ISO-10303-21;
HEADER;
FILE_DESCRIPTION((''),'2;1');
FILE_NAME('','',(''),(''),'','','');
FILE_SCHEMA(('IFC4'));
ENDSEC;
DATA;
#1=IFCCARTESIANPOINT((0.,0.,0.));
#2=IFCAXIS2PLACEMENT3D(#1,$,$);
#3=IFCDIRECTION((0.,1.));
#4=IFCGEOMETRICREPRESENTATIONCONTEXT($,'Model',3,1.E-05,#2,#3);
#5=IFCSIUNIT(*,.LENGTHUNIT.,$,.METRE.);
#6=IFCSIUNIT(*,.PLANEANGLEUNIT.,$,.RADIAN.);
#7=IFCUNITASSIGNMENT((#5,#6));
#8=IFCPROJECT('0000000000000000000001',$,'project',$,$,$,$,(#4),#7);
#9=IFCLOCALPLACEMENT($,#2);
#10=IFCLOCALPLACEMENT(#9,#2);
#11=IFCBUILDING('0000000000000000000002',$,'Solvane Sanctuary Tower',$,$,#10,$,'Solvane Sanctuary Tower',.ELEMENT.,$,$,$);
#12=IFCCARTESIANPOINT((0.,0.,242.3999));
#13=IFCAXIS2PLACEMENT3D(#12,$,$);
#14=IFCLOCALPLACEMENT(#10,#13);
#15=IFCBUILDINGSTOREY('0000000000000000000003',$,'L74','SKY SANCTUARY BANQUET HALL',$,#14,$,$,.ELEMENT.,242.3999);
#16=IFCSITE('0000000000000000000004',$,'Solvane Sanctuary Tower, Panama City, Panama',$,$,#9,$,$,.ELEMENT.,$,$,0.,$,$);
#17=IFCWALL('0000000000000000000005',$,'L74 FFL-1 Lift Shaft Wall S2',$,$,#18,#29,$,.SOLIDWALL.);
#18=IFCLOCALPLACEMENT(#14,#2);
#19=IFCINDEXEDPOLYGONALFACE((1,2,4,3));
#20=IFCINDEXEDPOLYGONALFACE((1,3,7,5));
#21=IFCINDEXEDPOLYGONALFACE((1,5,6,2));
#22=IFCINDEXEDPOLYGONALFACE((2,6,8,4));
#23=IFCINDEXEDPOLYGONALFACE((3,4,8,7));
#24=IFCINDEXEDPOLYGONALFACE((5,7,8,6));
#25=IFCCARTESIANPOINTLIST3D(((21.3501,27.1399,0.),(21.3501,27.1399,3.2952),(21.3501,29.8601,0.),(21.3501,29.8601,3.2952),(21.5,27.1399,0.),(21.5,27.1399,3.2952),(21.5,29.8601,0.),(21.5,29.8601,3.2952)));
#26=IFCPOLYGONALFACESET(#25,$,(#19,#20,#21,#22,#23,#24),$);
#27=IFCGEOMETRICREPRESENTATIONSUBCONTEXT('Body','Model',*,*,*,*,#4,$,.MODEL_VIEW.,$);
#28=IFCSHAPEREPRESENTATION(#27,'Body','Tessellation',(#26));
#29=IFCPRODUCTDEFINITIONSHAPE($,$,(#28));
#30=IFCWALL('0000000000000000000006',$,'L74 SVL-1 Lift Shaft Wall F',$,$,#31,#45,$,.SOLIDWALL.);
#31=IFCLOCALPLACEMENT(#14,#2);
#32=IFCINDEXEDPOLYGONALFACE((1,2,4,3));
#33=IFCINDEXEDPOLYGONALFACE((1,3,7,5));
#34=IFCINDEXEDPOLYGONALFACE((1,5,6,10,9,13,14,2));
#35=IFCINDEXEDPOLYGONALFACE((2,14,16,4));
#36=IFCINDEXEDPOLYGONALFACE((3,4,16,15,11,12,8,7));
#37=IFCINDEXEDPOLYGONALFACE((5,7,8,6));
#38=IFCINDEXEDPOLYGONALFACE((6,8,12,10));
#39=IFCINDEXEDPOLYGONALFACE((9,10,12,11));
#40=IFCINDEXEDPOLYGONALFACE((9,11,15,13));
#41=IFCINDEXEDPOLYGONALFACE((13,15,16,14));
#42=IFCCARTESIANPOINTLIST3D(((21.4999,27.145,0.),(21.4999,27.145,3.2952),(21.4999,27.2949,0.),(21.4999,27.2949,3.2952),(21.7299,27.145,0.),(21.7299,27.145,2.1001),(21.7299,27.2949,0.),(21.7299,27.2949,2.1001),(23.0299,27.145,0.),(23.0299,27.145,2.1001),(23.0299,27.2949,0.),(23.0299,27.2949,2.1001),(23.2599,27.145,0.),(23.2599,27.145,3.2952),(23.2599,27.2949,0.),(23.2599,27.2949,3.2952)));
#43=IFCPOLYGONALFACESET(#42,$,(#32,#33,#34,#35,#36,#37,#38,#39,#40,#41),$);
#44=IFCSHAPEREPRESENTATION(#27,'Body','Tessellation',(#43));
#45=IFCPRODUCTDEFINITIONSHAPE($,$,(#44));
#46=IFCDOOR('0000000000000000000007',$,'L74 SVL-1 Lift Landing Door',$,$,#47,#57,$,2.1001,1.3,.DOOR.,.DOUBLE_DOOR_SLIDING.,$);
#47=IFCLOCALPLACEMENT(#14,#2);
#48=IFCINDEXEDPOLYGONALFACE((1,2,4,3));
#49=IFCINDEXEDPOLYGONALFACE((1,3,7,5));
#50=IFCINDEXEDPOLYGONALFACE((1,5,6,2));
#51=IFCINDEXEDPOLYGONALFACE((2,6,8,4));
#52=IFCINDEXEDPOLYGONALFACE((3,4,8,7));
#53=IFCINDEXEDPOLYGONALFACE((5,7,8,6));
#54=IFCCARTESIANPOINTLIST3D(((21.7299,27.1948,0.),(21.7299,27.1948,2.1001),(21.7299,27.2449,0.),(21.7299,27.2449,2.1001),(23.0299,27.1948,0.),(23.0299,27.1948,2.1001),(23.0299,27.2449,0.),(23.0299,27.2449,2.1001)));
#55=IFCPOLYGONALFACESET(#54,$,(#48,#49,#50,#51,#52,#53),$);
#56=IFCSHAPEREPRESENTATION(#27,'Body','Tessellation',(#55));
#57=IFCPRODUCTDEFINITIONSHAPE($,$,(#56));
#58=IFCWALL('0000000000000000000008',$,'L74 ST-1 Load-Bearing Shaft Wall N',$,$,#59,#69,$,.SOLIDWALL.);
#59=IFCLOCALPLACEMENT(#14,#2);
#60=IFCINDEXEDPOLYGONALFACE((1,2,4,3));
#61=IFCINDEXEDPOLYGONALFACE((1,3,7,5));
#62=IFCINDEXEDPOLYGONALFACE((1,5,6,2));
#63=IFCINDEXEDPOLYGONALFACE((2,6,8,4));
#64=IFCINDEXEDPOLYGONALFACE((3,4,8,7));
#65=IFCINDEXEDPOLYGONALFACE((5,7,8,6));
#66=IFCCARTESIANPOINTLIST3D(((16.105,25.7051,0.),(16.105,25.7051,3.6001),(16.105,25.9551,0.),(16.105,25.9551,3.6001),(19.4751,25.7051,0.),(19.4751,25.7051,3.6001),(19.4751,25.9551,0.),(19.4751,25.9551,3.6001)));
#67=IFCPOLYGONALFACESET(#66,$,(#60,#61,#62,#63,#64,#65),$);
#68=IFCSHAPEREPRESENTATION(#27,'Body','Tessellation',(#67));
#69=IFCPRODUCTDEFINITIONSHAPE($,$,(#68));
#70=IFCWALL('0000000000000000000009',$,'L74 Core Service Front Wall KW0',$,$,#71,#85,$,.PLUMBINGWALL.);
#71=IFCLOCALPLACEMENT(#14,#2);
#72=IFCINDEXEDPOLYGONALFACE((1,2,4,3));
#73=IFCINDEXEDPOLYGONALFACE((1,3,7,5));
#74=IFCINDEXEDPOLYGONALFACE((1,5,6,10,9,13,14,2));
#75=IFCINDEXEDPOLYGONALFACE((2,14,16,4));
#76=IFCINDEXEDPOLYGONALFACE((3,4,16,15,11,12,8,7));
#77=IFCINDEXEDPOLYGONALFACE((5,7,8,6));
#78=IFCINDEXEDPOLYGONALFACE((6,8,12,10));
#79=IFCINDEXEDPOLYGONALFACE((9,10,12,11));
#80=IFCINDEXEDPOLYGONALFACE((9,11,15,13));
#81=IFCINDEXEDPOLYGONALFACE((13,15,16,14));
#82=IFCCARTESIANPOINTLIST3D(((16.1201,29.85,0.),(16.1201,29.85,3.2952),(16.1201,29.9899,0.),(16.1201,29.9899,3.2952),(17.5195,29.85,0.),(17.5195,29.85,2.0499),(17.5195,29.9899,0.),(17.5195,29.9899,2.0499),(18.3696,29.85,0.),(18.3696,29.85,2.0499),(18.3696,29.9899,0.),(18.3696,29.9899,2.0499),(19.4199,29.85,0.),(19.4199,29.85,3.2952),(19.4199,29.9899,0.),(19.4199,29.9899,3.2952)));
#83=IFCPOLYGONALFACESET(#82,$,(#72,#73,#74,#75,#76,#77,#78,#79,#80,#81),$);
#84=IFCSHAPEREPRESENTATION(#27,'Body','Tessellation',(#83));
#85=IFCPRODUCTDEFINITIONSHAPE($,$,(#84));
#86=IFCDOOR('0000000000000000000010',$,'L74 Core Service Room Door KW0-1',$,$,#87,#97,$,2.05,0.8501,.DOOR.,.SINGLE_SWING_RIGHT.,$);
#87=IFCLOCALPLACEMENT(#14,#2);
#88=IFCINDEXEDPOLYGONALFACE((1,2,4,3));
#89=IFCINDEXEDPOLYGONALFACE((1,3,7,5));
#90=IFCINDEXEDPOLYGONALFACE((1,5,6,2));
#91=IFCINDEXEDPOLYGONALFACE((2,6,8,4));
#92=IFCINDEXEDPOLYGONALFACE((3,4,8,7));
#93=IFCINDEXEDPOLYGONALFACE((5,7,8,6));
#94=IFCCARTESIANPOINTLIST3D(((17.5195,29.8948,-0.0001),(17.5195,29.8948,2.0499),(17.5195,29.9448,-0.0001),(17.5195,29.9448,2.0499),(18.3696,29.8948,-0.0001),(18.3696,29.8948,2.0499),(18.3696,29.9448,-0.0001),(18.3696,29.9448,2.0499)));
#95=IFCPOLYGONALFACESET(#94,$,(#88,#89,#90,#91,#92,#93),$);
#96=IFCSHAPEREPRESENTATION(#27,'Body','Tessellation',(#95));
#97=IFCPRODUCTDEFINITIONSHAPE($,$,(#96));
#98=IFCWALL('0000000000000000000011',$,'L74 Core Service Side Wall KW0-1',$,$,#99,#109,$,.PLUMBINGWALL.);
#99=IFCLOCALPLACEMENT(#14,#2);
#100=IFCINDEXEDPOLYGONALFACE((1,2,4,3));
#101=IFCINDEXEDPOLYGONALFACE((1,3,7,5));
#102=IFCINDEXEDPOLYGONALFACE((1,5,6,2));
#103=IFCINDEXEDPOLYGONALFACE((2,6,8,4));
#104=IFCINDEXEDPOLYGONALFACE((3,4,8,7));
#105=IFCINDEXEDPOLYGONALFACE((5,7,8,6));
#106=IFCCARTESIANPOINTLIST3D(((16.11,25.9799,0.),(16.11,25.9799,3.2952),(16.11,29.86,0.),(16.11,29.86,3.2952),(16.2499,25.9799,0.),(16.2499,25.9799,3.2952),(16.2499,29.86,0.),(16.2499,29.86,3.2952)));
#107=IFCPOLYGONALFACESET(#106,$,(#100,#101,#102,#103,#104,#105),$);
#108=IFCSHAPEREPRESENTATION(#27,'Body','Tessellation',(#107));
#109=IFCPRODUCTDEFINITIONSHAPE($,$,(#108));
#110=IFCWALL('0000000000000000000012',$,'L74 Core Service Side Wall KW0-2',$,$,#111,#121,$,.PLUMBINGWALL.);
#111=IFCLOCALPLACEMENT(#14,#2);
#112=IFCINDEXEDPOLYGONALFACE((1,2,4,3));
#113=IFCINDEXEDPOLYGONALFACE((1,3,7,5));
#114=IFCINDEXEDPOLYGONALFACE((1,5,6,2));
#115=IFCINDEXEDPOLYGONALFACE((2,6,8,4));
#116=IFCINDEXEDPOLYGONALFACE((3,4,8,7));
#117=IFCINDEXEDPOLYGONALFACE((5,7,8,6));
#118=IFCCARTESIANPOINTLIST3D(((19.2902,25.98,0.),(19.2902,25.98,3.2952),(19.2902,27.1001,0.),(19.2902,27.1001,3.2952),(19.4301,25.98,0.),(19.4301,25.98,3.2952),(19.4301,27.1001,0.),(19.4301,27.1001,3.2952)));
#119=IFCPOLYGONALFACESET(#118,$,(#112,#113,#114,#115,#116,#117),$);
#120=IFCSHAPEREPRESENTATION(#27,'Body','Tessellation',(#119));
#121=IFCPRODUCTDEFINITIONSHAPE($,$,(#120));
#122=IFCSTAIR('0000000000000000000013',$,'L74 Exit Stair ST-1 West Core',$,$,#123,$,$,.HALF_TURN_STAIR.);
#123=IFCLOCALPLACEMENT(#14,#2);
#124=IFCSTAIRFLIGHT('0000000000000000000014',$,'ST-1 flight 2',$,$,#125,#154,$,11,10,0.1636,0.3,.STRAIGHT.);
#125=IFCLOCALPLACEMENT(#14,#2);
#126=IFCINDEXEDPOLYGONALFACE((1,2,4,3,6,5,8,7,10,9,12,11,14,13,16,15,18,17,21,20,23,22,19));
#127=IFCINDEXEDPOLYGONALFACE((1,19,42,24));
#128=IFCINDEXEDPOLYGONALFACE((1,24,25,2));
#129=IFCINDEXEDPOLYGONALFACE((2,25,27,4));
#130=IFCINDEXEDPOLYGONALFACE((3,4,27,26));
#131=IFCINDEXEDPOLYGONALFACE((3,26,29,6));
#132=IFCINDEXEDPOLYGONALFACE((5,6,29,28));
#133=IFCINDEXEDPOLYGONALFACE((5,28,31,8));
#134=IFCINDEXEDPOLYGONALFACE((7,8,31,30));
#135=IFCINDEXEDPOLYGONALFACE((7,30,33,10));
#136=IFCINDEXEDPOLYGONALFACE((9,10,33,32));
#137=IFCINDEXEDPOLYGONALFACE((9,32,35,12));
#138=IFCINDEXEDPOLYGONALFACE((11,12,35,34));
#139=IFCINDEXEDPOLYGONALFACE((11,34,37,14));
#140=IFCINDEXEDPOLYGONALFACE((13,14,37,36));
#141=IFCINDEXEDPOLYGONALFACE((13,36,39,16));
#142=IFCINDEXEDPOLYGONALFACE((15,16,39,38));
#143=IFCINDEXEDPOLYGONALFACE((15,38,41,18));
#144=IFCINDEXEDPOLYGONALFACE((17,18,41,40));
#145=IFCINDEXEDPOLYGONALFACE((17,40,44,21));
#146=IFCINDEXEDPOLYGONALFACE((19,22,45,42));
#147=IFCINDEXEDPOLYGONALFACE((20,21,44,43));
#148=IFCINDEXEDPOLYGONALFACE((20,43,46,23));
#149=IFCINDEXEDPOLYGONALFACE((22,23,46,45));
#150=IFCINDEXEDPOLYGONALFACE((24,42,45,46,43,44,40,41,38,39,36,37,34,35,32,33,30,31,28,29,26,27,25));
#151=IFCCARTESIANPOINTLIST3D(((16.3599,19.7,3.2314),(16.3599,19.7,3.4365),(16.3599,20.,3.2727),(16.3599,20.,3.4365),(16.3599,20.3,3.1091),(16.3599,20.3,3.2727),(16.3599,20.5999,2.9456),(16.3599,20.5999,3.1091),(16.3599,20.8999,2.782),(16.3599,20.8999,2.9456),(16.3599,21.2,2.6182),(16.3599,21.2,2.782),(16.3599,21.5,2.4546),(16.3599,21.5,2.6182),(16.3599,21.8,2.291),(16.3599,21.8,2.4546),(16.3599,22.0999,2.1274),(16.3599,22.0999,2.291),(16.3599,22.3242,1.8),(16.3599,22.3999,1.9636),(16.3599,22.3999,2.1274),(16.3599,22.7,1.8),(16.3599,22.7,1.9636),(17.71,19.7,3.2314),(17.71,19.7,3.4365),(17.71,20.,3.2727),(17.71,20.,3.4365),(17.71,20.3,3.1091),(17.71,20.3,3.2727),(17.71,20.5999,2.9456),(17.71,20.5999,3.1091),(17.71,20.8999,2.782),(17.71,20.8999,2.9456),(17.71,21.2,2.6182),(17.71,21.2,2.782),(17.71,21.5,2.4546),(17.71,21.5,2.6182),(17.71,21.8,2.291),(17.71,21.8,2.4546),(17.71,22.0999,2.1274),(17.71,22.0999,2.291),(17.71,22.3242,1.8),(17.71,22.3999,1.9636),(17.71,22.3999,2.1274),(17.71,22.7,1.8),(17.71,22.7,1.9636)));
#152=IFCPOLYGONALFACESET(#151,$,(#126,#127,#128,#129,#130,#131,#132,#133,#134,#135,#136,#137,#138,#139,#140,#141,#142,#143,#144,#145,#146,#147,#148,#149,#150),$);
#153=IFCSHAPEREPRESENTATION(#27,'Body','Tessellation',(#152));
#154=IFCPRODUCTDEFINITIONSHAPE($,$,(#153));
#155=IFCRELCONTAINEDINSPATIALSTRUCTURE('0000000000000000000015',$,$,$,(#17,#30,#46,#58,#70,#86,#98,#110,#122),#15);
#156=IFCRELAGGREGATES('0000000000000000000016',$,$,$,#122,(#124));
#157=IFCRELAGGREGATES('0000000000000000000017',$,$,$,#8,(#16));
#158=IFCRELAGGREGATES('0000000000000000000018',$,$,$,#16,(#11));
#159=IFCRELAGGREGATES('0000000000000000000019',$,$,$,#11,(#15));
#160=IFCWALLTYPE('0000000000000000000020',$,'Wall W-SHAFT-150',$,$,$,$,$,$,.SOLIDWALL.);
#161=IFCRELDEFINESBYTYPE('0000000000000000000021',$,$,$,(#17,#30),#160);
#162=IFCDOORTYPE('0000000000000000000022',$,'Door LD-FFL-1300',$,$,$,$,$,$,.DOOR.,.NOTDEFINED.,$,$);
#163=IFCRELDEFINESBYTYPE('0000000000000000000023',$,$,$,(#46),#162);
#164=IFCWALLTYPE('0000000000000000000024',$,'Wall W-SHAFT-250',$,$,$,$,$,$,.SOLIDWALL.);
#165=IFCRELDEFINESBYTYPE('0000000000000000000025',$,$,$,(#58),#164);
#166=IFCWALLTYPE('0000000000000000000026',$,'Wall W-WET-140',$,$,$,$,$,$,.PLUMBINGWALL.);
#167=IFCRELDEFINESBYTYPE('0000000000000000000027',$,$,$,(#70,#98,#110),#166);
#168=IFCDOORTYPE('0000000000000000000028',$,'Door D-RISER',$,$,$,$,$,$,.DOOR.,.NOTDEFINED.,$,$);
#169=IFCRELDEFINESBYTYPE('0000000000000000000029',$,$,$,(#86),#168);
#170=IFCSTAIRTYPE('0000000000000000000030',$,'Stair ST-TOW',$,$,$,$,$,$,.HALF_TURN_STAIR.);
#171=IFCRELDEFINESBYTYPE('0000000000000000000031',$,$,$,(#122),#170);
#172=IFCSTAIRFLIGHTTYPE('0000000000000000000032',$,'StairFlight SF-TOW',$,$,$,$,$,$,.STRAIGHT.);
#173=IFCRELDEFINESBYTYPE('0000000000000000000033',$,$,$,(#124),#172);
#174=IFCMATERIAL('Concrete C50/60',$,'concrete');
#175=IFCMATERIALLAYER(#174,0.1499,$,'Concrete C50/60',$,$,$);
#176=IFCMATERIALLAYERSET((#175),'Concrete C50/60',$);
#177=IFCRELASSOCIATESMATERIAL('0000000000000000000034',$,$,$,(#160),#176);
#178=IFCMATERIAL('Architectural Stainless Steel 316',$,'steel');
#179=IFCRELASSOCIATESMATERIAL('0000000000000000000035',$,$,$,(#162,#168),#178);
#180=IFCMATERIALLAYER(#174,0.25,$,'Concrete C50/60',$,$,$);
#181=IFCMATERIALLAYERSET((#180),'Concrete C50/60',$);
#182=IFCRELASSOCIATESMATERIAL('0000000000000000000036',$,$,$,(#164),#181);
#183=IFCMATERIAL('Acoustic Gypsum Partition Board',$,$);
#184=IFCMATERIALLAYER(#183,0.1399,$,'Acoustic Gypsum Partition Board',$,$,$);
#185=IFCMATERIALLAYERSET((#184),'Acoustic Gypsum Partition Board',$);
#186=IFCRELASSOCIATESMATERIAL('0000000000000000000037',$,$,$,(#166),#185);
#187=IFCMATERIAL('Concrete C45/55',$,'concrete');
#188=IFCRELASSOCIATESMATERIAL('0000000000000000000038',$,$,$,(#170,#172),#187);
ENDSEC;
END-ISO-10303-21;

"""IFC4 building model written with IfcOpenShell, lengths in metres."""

from ifc_helpers import new_model, si_unit, direction, frame, frame_2d, origin, place, context, subcontext, project, spatial, polyline, rectangle, outline, extrude, material, layer, layer_set, type_object, element, fill, aggregate, save


model = new_model("IFC4")

# Units and contexts
model_context = context("Model", 3, precision=1e-05, world=origin(), true_north=direction((0.0, 1.0)))
body_context = subcontext(model_context, "Body", "Model", "MODEL_VIEW")
ifc_project = project(units=[si_unit("LENGTHUNIT", "METRE"), si_unit("PLANEANGLEUNIT", "RADIAN")], contexts=[model_context])

# Site, building, storey
site_placement = place(None, origin())
site = spatial("IfcSite", under=ifc_project, at=site_placement, Name="Solvane Sanctuary Tower, Panama City, Panama", CompositionType="ELEMENT", RefElevation=0.0)
building_placement = place(site_placement, origin())
building = spatial("IfcBuilding", under=site, at=building_placement, Name="Solvane Sanctuary Tower", LongName="Solvane Sanctuary Tower", CompositionType="ELEMENT")
storey_placement = place(building_placement, frame((0.0, 0.0, 242.3999)))
storey = spatial("IfcBuildingStorey", under=building, at=storey_placement, Name="L74", Description="SKY SANCTUARY BANQUET HALL", CompositionType="ELEMENT", Elevation=242.3999)

# Shared definitions
ifc_material_1 = material(Name="Concrete C50/60", Category="concrete")
ifc_material_2 = material(Name="Acoustic Gypsum Partition Board")

# Shared definitions
ifc_layer_1 = layer(ifc_material_1, 0.1499, Name="Concrete C50/60")
ifc_layer_set_1 = layer_set([ifc_layer_1], Name="Concrete C50/60")
wall_type_1 = type_object("IfcWallType", Name="Wall W-SHAFT-150", PredefinedType="SOLIDWALL", material=ifc_layer_set_1)
ifc_material_3 = material(Name="Architectural Stainless Steel 316", Category="steel")
door_type_1 = type_object("IfcDoorType", Name="Door LD-FFL-1300", OperationType="NOTDEFINED", PredefinedType="DOOR", material=ifc_material_3)

# Wall
for number, where, z_axis, x_axis, name in (
    (1, (21.425, 27.1399, 0.0), (0.0, 0.0, 1.0), (0.0, 1.0, 0.0), "L74 FFL-1 Lift Shaft Wall S2"),
):
    element("IfcWall", number, at=place(storey_placement, frame(where, z_axis=z_axis, x_axis=x_axis)), inside=storey, type_object=wall_type_1, Name=name, PredefinedType="SOLIDWALL", context=body_context, shape_type="SweptSolid", body=[
        extrude(rectangle(XDim=2.7202, YDim=0.1499, at=frame_2d((1.3601, 0.0))), origin(), (0.0, 0.0, 1.0), 3.2952),
    ])

# Wall, opening, door
wall_1_placement = place(storey_placement, frame((21.5, 27.22, 0.0), z_axis=(0.0, 0.0, 1.0), x_axis=(1.0, 0.0, 0.0)))
wall_1 = element("IfcWall", 2, at=wall_1_placement, inside=storey, type_object=wall_type_1, Name="L74 SVL-1 Lift Shaft Wall F", PredefinedType="SOLIDWALL", context=body_context, shape_type="SweptSolid", body=[
    extrude(rectangle(XDim=1.76, YDim=0.1499, at=frame_2d((0.8799, 0.0))), origin(), (0.0, 0.0, 1.0), 3.2952),
])
opening_1_placement = place(wall_1_placement, frame((0.23, 0.0, 0.0)))
opening_1 = element("IfcOpeningElement", 3, at=opening_1_placement, cuts=wall_1, PredefinedType="OPENING", context=body_context, shape_type="SweptSolid", body=[
    extrude(rectangle(XDim=1.3, YDim=2.1001, at=frame_2d((0.6499, 1.05))), frame((0.0, 0.085, 0.0), z_axis=(0.0, -1.0, 0.0), x_axis=(1.0, 0.0, 0.0)), (0.0, 0.0, 1.0), 0.1699),
])
door_1_placement = place(opening_1_placement, origin())
door_1 = element("IfcDoor", 4, at=door_1_placement, inside=storey, type_object=door_type_1, Name="L74 SVL-1 Lift Landing Door", OperationType="DOUBLE_DOOR_SLIDING", OverallHeight=2.1001, OverallWidth=1.3, PredefinedType="DOOR", context=body_context, shape_type="SweptSolid", body=[
    extrude(rectangle(XDim=1.3, YDim=2.1001, at=frame_2d((0.6499, 1.05))), frame((0.0, 0.0249, 0.0), z_axis=(0.0, -1.0, 0.0), x_axis=(1.0, 0.0, 0.0)), (0.0, 0.0, 1.0), 0.05),
])
fill(opening_1, door_1)

# Wall
ifc_layer_2 = layer(ifc_material_1, 0.25, Name="Concrete C50/60")
ifc_layer_set_2 = layer_set([ifc_layer_2], Name="Concrete C50/60")
wall_type_2 = type_object("IfcWallType", Name="Wall W-SHAFT-250", PredefinedType="SOLIDWALL", material=ifc_layer_set_2)
wall_2_placement = place(storey_placement, frame((16.105, 25.8301, 0.0), z_axis=(0.0, 0.0, 1.0), x_axis=(1.0, 0.0, 0.0)))
element("IfcWall", 5, at=wall_2_placement, inside=storey, type_object=wall_type_2, Name="L74 ST-1 Load-Bearing Shaft Wall N", PredefinedType="SOLIDWALL", context=body_context, shape_type="SweptSolid", body=[
    extrude(rectangle(XDim=3.3701, YDim=0.25, at=frame_2d((1.6851, 0.0))), origin(), (0.0, 0.0, 1.0), 3.6001),
])

# Wall, opening, door
ifc_layer_3 = layer(ifc_material_2, 0.1399, Name="Acoustic Gypsum Partition Board")
ifc_layer_set_3 = layer_set([ifc_layer_3], Name="Acoustic Gypsum Partition Board")
wall_type_3 = type_object("IfcWallType", Name="Wall W-WET-140", PredefinedType="PLUMBINGWALL", material=ifc_layer_set_3)
wall_3_placement = place(storey_placement, frame((16.1201, 29.9199, 0.0), z_axis=(0.0, 0.0, 1.0), x_axis=(1.0, 0.0, 0.0)))
wall_3 = element("IfcWall", 6, at=wall_3_placement, inside=storey, type_object=wall_type_3, Name="L74 Core Service Front Wall KW0", PredefinedType="PLUMBINGWALL", context=body_context, shape_type="SweptSolid", body=[
    extrude(rectangle(XDim=3.2998, YDim=0.1399, at=frame_2d((1.6499, 0.0))), origin(), (0.0, 0.0, 1.0), 3.2952),
])
opening_2_placement = place(wall_3_placement, frame((1.3994, 0.0, 0.0)))
opening_2 = element("IfcOpeningElement", 7, at=opening_2_placement, cuts=wall_3, PredefinedType="OPENING", context=body_context, shape_type="SweptSolid", body=[
    extrude(rectangle(XDim=0.8501, YDim=2.05, at=frame_2d((0.425, 1.0249))), frame((0.0, 0.0798, 0.0), z_axis=(0.0, -1.0, 0.0), x_axis=(1.0, 0.0, 0.0)), (0.0, 0.0, 1.0), 0.1599),
])
door_type_2 = type_object("IfcDoorType", Name="Door D-RISER", OperationType="NOTDEFINED", PredefinedType="DOOR", material=ifc_material_3)
door_2_placement = place(opening_2_placement, origin())
door_2 = element("IfcDoor", 8, at=door_2_placement, inside=storey, type_object=door_type_2, Name="L74 Core Service Room Door KW0-1", OperationType="SINGLE_SWING_RIGHT", OverallHeight=2.05, OverallWidth=0.8501, PredefinedType="DOOR", context=body_context, shape_type="SweptSolid", body=[
    extrude(rectangle(XDim=0.8501, YDim=2.05, at=frame_2d((0.425, 1.0249))), frame((0.0, 0.0249, 0.0), z_axis=(0.0, -1.0, 0.0), x_axis=(1.0, 0.0, 0.0)), (0.0, 0.0, 1.0), 0.05),
])
fill(opening_2, door_2)

# Walls
wall_4_placement = place(storey_placement, frame((16.1799, 25.98, 0.0), z_axis=(0.0, 0.0, 1.0), x_axis=(0.0, 1.0, 0.0)))
element("IfcWall", 9, at=wall_4_placement, inside=storey, type_object=wall_type_3, Name="L74 Core Service Side Wall KW0-1", PredefinedType="PLUMBINGWALL", context=body_context, shape_type="SweptSolid", body=[
    extrude(rectangle(XDim=3.8801, YDim=0.1399, at=frame_2d((1.9399, 0.0))), origin(), (0.0, 0.0, 1.0), 3.2952),
])
wall_5_placement = place(storey_placement, frame((19.3601, 25.98, 0.0), z_axis=(0.0, 0.0, 1.0), x_axis=(0.0, 1.0, 0.0)))
element("IfcWall", 10, at=wall_5_placement, inside=storey, type_object=wall_type_3, Name="L74 Core Service Side Wall KW0-2", PredefinedType="PLUMBINGWALL", context=body_context, shape_type="SweptSolid", body=[
    extrude(rectangle(XDim=1.1201, YDim=0.1399, at=frame_2d((0.5601, 0.0))), origin(), (0.0, 0.0, 1.0), 3.2952),
])

# Stair, stair flight
ifc_material_4 = material(Name="Concrete C45/55", Category="concrete")
stair_type = type_object("IfcStairType", Name="Stair ST-TOW", PredefinedType="HALF_TURN_STAIR", material=ifc_material_4)
stair_placement = place(storey_placement, origin())
stair = element("IfcStair", 11, at=stair_placement, inside=storey, type_object=stair_type, Name="L74 Exit Stair ST-1 West Core", PredefinedType="HALF_TURN_STAIR")
stair_flight_type = type_object("IfcStairFlightType", Name="StairFlight SF-TOW", PredefinedType="STRAIGHT", material=ifc_material_4)
stair_flight_placement = place(storey_placement, frame((17.0349, 22.7, 1.8), z_axis=(0.0, 0.0, 1.0), x_axis=(0.0, -1.0, 0.0)))
stair_flight = element("IfcStairFlight", 12, at=stair_flight_placement, type_object=stair_flight_type, Name="ST-1 flight 2", NumberOfRisers=11, NumberOfTreads=10, PredefinedType="STRAIGHT", RiserHeight=0.1636, TreadLength=0.3, context=body_context, shape_type="SweptSolid", body=[
    extrude(outline(polyline([(0.0, 0.0), (0.0, 0.1636), (0.3, 0.1636), (0.3, 0.3274), (0.6001, 0.3274), (0.6001, 0.491), (0.8999, 0.491), (0.8999, 0.6545), (1.2, 0.6545), (1.2, 0.8181), (1.5, 0.8181), (1.5, 0.9819), (1.8, 0.9819), (1.8, 1.1455), (2.1001, 1.1455), (2.1001, 1.3091), (2.3999, 1.3091), (2.3999, 1.4727), (2.7, 1.4727), (2.7, 1.6365), (3.0, 1.6365), (3.0, 1.8), (3.0, 1.4314), (0.3757, 0.0), (0.0, 0.0)])), frame((0.0, 0.675, 0.0), z_axis=(0.0, -1.0, 0.0), x_axis=(1.0, 0.0, 0.0)), (0.0, 0.0, 1.0), 1.3501),
])
aggregate(stair, [stair_flight])

save(model, "model.ifc")
